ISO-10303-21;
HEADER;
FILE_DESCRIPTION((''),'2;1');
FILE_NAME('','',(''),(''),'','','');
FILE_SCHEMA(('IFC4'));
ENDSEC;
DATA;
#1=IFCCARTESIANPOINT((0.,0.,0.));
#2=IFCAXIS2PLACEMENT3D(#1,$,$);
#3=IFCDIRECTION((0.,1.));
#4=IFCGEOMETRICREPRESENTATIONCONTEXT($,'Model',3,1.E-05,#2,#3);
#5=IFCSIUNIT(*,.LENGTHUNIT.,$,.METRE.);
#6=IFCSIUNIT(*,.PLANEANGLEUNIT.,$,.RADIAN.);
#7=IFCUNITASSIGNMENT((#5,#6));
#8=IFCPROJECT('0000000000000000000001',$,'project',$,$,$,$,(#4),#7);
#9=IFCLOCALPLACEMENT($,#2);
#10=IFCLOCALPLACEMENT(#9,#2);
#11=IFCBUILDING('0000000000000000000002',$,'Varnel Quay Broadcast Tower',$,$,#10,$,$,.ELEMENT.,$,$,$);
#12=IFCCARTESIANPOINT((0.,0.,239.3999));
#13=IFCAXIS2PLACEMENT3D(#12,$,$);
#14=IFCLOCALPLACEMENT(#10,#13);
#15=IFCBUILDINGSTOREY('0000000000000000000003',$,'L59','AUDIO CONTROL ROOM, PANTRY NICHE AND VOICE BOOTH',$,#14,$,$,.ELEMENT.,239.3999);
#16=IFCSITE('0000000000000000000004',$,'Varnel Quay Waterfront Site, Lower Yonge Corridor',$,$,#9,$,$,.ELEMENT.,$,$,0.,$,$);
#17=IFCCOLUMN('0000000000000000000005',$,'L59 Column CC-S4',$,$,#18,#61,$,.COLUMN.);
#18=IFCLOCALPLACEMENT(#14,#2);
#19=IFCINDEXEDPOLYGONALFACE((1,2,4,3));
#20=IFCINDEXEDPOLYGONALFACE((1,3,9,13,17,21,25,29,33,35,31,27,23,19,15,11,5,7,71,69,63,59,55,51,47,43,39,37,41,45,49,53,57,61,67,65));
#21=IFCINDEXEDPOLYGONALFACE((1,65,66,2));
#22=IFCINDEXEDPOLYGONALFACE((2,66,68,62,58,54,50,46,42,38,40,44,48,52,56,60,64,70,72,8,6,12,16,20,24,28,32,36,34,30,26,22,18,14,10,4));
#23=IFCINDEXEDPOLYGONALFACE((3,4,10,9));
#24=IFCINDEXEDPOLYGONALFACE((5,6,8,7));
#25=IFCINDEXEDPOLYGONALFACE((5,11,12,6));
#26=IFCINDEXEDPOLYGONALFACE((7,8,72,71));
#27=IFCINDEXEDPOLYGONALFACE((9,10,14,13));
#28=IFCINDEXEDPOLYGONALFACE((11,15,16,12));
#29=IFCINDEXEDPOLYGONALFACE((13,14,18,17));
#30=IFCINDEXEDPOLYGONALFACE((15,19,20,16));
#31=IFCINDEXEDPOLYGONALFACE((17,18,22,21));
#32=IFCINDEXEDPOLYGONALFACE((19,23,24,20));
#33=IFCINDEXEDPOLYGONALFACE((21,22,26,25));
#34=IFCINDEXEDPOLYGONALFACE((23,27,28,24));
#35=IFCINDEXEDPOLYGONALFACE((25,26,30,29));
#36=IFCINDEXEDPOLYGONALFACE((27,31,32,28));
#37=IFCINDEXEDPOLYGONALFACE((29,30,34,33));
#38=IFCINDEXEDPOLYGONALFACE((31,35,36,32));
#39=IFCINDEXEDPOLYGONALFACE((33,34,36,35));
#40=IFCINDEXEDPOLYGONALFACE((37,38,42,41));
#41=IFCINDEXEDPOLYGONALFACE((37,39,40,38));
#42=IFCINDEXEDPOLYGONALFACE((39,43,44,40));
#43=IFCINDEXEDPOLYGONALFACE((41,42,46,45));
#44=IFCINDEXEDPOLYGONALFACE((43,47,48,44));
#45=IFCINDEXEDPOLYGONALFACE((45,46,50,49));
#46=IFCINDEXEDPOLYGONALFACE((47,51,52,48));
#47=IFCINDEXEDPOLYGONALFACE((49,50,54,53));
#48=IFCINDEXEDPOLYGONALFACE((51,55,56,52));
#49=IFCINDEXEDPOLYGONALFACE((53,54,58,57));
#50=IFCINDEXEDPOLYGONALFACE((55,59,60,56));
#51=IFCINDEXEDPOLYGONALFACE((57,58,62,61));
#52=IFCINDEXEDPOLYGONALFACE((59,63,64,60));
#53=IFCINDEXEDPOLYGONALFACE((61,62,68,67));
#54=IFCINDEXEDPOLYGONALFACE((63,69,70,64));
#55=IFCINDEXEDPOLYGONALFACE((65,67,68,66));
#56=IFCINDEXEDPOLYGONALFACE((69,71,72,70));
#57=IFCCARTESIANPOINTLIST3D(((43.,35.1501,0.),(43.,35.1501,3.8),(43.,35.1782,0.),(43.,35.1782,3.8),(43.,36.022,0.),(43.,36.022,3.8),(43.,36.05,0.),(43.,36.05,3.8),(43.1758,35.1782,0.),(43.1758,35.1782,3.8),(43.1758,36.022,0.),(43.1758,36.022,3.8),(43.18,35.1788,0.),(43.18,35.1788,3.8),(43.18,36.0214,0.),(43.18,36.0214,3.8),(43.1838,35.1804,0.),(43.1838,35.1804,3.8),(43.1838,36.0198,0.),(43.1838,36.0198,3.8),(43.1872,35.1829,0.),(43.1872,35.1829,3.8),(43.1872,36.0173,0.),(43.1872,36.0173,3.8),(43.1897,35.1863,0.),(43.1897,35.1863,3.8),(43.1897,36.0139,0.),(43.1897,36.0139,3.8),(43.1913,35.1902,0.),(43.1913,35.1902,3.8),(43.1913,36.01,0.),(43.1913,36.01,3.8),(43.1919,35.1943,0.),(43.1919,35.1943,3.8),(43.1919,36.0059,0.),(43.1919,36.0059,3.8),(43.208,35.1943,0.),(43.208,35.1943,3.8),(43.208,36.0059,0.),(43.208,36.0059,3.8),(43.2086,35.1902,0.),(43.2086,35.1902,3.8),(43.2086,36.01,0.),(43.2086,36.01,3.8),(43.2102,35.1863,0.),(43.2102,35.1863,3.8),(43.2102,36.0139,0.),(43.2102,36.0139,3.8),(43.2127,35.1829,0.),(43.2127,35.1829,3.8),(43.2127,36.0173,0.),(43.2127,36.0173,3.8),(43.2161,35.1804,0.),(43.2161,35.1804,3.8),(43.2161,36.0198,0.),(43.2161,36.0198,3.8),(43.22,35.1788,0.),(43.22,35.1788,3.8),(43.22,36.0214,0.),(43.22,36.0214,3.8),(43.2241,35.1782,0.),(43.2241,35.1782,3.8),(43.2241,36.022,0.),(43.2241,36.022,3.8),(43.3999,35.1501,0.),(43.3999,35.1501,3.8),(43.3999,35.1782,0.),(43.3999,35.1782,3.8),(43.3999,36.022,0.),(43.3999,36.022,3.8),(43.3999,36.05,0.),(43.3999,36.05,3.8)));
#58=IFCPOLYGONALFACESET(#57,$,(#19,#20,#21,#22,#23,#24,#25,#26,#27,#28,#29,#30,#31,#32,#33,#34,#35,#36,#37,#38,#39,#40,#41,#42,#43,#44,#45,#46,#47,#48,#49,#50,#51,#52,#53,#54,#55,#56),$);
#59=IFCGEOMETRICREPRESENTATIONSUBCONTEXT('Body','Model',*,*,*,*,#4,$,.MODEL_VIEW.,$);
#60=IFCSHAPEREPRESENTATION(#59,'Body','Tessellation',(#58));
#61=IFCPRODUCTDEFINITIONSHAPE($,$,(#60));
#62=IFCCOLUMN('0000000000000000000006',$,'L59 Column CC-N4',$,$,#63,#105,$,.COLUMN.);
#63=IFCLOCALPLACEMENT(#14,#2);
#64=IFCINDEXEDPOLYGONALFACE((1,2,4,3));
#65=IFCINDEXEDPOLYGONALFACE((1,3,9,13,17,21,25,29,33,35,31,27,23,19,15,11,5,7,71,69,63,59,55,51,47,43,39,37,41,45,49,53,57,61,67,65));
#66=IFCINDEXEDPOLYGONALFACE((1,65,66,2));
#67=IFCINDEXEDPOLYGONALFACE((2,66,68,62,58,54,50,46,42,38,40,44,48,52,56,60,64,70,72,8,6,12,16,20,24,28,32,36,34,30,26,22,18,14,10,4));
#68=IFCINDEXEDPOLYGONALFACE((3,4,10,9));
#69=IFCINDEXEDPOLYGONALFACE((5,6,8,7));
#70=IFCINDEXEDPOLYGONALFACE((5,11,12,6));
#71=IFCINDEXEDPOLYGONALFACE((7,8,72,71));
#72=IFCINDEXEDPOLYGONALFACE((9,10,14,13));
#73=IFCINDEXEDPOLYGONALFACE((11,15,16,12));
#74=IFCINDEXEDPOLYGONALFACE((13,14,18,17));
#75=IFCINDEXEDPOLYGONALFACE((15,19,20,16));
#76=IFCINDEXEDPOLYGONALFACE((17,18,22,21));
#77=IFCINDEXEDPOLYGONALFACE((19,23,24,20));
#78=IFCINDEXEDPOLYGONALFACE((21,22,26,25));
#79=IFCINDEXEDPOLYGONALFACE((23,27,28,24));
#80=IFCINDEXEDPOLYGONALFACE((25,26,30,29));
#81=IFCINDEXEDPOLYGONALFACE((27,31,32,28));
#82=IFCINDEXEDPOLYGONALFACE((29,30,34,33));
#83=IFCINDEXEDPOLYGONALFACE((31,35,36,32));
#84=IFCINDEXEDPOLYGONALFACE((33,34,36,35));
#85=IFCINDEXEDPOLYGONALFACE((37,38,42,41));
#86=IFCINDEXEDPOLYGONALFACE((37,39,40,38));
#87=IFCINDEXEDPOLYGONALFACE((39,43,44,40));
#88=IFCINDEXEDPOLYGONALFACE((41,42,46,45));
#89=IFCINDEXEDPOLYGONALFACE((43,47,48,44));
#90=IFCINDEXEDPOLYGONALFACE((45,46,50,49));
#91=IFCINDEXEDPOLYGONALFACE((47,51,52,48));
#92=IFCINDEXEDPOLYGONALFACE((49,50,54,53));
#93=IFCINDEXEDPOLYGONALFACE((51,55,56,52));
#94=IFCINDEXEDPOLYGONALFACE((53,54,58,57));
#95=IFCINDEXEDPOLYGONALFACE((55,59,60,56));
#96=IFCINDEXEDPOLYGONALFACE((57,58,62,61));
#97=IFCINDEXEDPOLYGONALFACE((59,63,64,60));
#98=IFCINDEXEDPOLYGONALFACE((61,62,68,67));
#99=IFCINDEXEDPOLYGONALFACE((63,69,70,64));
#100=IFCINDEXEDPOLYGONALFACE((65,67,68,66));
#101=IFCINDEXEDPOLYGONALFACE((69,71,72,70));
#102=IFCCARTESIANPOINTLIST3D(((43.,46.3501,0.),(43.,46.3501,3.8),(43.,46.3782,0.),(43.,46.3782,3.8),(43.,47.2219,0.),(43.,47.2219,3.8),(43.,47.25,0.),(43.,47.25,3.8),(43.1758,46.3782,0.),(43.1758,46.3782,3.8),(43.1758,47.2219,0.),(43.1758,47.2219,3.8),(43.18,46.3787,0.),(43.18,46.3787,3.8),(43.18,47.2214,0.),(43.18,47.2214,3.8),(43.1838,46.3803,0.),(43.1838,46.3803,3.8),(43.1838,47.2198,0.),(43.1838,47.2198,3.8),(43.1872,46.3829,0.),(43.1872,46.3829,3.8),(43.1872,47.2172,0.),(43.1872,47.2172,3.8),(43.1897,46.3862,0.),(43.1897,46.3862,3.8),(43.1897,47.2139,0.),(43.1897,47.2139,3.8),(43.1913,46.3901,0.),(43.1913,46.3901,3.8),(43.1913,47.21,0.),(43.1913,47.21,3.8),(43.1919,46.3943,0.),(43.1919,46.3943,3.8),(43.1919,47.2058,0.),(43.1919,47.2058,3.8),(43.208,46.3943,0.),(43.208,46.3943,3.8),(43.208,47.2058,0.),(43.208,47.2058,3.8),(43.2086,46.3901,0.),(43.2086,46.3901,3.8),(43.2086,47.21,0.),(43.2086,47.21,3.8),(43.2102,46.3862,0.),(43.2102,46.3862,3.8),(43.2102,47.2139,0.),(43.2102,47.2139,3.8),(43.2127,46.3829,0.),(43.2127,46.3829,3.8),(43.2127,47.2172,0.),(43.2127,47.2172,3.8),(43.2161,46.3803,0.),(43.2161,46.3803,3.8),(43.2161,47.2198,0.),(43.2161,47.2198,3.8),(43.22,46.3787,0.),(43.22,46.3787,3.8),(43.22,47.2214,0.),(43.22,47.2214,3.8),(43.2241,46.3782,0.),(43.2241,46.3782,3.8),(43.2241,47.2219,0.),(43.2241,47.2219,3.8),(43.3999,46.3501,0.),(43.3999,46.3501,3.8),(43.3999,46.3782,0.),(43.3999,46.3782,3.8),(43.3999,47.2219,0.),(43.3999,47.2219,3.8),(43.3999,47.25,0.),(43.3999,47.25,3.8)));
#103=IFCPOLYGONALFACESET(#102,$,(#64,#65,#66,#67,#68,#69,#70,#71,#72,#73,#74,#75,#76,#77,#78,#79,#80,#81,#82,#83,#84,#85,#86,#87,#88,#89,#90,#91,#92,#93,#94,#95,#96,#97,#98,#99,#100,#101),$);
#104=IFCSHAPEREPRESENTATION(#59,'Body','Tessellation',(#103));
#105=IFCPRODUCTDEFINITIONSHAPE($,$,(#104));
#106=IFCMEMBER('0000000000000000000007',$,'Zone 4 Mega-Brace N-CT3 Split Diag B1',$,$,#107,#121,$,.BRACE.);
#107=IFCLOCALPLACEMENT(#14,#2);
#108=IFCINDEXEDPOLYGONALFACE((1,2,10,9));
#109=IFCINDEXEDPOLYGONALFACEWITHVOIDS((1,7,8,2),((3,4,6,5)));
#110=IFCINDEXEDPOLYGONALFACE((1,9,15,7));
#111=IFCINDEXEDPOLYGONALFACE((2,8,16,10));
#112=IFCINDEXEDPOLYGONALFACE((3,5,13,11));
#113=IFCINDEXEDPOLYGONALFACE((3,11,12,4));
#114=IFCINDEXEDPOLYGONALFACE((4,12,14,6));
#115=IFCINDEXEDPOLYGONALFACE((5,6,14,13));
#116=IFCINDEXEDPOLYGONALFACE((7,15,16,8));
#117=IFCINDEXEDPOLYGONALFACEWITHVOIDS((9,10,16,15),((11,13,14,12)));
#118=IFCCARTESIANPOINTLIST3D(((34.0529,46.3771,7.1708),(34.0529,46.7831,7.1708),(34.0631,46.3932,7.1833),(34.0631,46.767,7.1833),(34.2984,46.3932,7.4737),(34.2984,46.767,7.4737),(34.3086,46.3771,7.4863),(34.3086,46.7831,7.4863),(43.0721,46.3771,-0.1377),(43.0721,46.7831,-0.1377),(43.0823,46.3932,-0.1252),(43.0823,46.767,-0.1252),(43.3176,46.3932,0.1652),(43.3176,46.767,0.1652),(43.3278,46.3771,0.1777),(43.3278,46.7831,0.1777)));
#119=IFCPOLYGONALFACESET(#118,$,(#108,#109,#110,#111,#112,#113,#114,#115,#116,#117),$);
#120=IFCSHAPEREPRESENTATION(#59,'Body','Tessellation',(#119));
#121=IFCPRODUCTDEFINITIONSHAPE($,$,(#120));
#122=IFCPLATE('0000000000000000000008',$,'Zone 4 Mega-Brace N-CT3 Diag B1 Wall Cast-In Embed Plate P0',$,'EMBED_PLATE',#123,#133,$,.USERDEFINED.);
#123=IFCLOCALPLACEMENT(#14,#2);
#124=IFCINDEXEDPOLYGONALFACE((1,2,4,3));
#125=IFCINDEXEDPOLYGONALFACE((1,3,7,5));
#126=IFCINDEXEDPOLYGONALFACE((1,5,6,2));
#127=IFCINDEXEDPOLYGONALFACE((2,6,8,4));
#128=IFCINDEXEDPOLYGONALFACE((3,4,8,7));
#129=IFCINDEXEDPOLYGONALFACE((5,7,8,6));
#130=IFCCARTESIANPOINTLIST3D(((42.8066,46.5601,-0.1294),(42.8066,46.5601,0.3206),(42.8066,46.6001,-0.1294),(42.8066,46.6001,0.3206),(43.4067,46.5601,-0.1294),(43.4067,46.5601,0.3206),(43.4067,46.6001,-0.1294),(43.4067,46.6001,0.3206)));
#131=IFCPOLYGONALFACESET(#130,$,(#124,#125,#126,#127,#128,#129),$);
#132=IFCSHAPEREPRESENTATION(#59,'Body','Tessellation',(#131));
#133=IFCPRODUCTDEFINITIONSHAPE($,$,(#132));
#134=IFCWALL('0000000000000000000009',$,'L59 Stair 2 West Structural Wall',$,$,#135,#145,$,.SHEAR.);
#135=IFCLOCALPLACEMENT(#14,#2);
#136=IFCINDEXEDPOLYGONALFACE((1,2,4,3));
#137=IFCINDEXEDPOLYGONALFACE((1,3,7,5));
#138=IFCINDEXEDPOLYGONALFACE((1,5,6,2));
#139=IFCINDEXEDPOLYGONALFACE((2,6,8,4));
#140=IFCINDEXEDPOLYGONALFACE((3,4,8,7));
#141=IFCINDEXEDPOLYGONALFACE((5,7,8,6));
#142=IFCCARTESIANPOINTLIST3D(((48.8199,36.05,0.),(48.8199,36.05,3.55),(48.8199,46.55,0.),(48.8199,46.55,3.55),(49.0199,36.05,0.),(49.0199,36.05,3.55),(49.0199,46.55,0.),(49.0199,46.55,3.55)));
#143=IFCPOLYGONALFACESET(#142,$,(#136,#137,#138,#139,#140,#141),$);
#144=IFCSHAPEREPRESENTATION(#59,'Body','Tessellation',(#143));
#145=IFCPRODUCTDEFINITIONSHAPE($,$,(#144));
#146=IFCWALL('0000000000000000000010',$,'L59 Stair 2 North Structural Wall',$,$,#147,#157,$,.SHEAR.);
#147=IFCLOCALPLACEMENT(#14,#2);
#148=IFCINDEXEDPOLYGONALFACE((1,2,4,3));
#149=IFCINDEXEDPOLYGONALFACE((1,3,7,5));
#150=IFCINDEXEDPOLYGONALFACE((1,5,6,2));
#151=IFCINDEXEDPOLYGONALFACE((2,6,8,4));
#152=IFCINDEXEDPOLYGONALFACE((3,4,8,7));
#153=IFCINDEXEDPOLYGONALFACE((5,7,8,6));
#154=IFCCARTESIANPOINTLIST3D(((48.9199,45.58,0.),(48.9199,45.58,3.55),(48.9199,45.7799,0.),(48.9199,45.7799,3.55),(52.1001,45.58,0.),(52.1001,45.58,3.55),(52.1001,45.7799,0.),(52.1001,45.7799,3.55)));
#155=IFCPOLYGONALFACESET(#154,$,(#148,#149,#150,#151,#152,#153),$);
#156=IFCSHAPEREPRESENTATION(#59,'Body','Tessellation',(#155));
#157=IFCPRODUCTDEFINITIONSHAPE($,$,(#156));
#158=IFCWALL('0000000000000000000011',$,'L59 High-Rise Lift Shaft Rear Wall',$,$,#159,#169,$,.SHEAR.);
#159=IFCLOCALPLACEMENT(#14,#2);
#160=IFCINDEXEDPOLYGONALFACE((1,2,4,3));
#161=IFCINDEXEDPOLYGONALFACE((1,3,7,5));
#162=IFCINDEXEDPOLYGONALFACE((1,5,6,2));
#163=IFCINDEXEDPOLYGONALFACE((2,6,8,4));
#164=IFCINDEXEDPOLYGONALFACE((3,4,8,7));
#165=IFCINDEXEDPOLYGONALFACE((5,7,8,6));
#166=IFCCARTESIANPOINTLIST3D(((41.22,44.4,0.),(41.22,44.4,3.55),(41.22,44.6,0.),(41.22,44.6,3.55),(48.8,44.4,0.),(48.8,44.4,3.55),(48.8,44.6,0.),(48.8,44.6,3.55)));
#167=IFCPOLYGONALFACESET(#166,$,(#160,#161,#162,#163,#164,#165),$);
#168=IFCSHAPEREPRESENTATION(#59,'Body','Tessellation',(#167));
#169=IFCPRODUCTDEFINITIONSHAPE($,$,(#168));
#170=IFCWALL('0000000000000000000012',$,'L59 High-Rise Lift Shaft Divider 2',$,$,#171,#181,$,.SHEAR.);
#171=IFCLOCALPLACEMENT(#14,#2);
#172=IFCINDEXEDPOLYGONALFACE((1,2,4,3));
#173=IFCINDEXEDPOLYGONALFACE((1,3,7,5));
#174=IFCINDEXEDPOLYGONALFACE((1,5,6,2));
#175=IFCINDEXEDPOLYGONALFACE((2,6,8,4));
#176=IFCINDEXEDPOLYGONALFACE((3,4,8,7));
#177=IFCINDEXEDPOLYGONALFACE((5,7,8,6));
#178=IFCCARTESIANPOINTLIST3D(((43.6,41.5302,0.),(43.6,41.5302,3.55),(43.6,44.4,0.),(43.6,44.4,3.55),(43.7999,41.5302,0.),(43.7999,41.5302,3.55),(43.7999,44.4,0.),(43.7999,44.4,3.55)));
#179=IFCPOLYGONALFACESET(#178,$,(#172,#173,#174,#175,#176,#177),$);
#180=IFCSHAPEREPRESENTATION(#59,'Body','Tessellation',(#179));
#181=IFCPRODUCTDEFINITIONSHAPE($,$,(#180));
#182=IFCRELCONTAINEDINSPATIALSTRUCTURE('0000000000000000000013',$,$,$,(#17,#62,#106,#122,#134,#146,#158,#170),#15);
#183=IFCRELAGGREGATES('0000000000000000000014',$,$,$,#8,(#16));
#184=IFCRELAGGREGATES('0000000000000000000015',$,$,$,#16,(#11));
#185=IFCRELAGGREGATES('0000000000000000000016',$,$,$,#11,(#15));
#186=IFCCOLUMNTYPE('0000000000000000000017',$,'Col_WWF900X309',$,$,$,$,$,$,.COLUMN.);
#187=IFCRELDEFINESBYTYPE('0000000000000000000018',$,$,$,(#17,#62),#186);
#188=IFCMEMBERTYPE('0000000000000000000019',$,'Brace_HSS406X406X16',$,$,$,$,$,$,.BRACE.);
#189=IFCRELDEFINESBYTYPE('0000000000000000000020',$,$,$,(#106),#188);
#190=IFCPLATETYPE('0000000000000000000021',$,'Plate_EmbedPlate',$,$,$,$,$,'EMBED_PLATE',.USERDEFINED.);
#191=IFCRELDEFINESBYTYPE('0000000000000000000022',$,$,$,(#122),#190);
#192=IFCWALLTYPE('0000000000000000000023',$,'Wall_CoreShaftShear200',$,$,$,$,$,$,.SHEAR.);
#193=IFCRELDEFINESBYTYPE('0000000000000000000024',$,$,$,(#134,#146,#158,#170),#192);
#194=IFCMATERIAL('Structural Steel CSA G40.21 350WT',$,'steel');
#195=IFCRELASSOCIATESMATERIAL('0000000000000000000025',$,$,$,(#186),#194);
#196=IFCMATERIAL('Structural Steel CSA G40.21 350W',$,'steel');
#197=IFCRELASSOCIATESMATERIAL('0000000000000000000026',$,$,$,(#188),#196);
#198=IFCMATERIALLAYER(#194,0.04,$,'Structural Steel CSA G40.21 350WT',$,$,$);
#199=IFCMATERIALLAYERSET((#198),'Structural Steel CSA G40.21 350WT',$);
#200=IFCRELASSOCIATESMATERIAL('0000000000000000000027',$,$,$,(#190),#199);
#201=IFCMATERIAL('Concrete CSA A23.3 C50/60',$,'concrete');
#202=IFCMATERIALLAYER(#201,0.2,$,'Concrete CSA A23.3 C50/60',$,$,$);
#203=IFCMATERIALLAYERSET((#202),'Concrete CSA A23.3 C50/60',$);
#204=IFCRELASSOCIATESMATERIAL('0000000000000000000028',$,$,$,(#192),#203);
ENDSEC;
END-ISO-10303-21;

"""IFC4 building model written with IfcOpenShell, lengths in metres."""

from ifc_helpers import new_model, si_unit, direction, frame, frame_2d, origin, origin_2d, place, context, subcontext, project, spatial, rectangle, hollow_rectangle, i_section, extrude, source, transform, mapped, material, layer, layer_set, material_profile, profile_set, type_object, type_shapes, element, save


model = new_model("IFC4")

# Units and contexts
model_context = context("Model", 3, precision=1e-05, world=origin(), true_north=direction((0.0, 1.0)))
body_context = subcontext(model_context, "Body", "Model", "MODEL_VIEW")
ifc_project = project(units=[si_unit("LENGTHUNIT", "METRE"), si_unit("PLANEANGLEUNIT", "RADIAN")], contexts=[model_context])

# Site, building, storey
site_placement = place(None, origin())
site = spatial("IfcSite", under=ifc_project, at=site_placement, Name="Varnel Quay Waterfront Site, Lower Yonge Corridor", CompositionType="ELEMENT", RefElevation=0.0)
building_placement = place(site_placement, origin())
building = spatial("IfcBuilding", under=site, at=building_placement, Name="Varnel Quay Broadcast Tower", CompositionType="ELEMENT")
storey_placement = place(building_placement, frame((0.0, 0.0, 239.3999)))
storey = spatial("IfcBuildingStorey", under=building, at=storey_placement, Name="L59", Description="AUDIO CONTROL ROOM, PANTRY NICHE AND VOICE BOOTH", CompositionType="ELEMENT", Elevation=239.3999)

# Columns
ifc_material_1 = material(Name="Structural Steel CSA G40.21 350WT", Category="steel")
ifc_material_profile_1 = material_profile(ifc_material_1, i_section(OverallWidth=0.3999, OverallDepth=0.8999, WebThickness=0.0161, FlangeThickness=0.0281, FilletRadius=0.0161, at=origin_2d()), Name="WWF900X309")
ifc_profile_set_1 = profile_set([ifc_material_profile_1], Name="Structural Steel CSA G40.21 350WT")
column_type = type_object("IfcColumnType", Name="Col_WWF900X309", PredefinedType="COLUMN", material=ifc_profile_set_1)
shared_shape_1 = source(origin(), body_context, "Body", "SweptSolid", [
    extrude(i_section(OverallWidth=0.3999, OverallDepth=0.8999, WebThickness=0.0161, FlangeThickness=0.0281, FilletRadius=0.0161, at=origin_2d()), origin(), (0.0, 0.0, 1.0), 3.8),
])
type_shapes(column_type, [shared_shape_1])
for number, where, z_axis, x_axis, name in (
    (1, (43.2, 35.6001, 0.0), (0.0, 0.0, 1.0), (1.0, 0.0, 0.0), "L59 Column CC-S4"),
    (2, (43.2, 46.8, 0.0), (0.0, 0.0, 1.0), (1.0, 0.0, 0.0), "L59 Column CC-N4"),
):
    element("IfcColumn", number, at=place(storey_placement, frame(where, z_axis=z_axis, x_axis=x_axis)), inside=storey, type_object=column_type, Name=name, PredefinedType="COLUMN", context=body_context, shape_type="MappedRepresentation", body=[
        mapped(shared_shape_1, transform((0.0, 0.0, 0.0), x_axis=(1.0, 0.0, 0.0), y_axis=(0.0, 1.0, 0.0), z_axis=(0.0, 0.0, 1.0), scale=1.0)),
    ])

# Member
ifc_material_2 = material(Name="Structural Steel CSA G40.21 350W", Category="steel")
ifc_material_profile_2 = material_profile(ifc_material_2, hollow_rectangle(XDim=0.406, YDim=0.406, WallThickness=0.0161, at=origin_2d()), Name="HSS406X406X16")
ifc_profile_set_2 = profile_set([ifc_material_profile_2], Name="Structural Steel CSA G40.21 350W")
member_type = type_object("IfcMemberType", Name="Brace_HSS406X406X16", PredefinedType="BRACE", material=ifc_profile_set_2)
shared_shape_2 = source(origin(), body_context, "Body", "SweptSolid", [
    extrude(hollow_rectangle(XDim=0.406, YDim=0.406, WallThickness=0.0161, at=origin_2d()), origin(), (0.0, 0.0, 1.0), 11.6086),
])
type_shapes(member_type, [shared_shape_2])
member_placement = place(storey_placement, frame((43.2, 46.5801, 0.02), z_axis=(-0.776939, 0.0, 0.629576), x_axis=(0.0, -1.0, 0.0)))
element("IfcMember", 3, at=member_placement, inside=storey, type_object=member_type, Name="Zone 4 Mega-Brace N-CT3 Split Diag B1", PredefinedType="BRACE", context=body_context, shape_type="MappedRepresentation", body=[
    mapped(shared_shape_2, transform((0.0, 0.0, 0.0), x_axis=(1.0, 0.0, 0.0), y_axis=(0.0, 1.0, 0.0), z_axis=(0.0, 0.0, 1.0), scale=1.0)),
])

# Plate
ifc_layer_1 = layer(ifc_material_1, 0.04, Name="Structural Steel CSA G40.21 350WT")
ifc_layer_set_1 = layer_set([ifc_layer_1], Name="Structural Steel CSA G40.21 350WT")
plate_type = type_object("IfcPlateType", Name="Plate_EmbedPlate", ElementType="EMBED_PLATE", PredefinedType="USERDEFINED", material=ifc_layer_set_1)
shared_shape_3 = source(origin(), body_context, "Body", "SweptSolid", [
    extrude(rectangle(XDim=0.6001, YDim=0.04, at=origin_2d()), origin(), (0.0, 0.0, 1.0), 0.45),
])
type_shapes(plate_type, [shared_shape_3])
plate_placement = place(storey_placement, frame((43.1067, 46.5801, -0.1294), z_axis=(0.0, 0.0, 1.0), x_axis=(1.0, 0.0, 0.0)))
element("IfcPlate", 4, at=plate_placement, inside=storey, type_object=plate_type, Name="Zone 4 Mega-Brace N-CT3 Diag B1 Wall Cast-In Embed Plate P0", ObjectType="EMBED_PLATE", PredefinedType="USERDEFINED", context=body_context, shape_type="MappedRepresentation", body=[
    mapped(shared_shape_3, transform((0.0, 0.0, 0.0), x_axis=(1.0, 0.0, 0.0), y_axis=(0.0, 1.0, 0.0), z_axis=(0.0, 0.0, 1.0), scale=1.0)),
])

# Walls
ifc_material_3 = material(Name="Concrete CSA A23.3 C50/60", Category="concrete")
ifc_layer_2 = layer(ifc_material_3, 0.2, Name="Concrete CSA A23.3 C50/60")
ifc_layer_set_2 = layer_set([ifc_layer_2], Name="Concrete CSA A23.3 C50/60")
wall_type_1 = type_object("IfcWallType", Name="Wall_CoreShaftShear200", PredefinedType="SHEAR", material=ifc_layer_set_2)
wall_1_placement = place(storey_placement, frame((48.9199, 36.05, 0.0), z_axis=(0.0, 0.0, 1.0), x_axis=(0.0, 1.0, 0.0)))
element("IfcWall", 5, at=wall_1_placement, inside=storey, type_object=wall_type_1, Name="L59 Stair 2 West Structural Wall", PredefinedType="SHEAR", context=body_context, shape_type="SweptSolid", body=[
    extrude(rectangle(XDim=10.5, YDim=0.2, at=frame_2d((5.25, 0.0))), origin(), (0.0, 0.0, 1.0), 3.55),
])
wall_2_placement = place(storey_placement, frame((48.9199, 45.6799, 0.0), z_axis=(0.0, 0.0, 1.0), x_axis=(1.0, 0.0, 0.0)))
element("IfcWall", 6, at=wall_2_placement, inside=storey, type_object=wall_type_1, Name="L59 Stair 2 North Structural Wall", PredefinedType="SHEAR", context=body_context, shape_type="SweptSolid", body=[
    extrude(rectangle(XDim=3.1802, YDim=0.2, at=frame_2d((1.5901, 0.0))), origin(), (0.0, 0.0, 1.0), 3.55),
])
wall_3_placement = place(storey_placement, frame((41.22, 44.5, 0.0), z_axis=(0.0, 0.0, 1.0), x_axis=(1.0, 0.0, 0.0)))
element("IfcWall", 7, at=wall_3_placement, inside=storey, type_object=wall_type_1, Name="L59 High-Rise Lift Shaft Rear Wall", PredefinedType="SHEAR", context=body_context, shape_type="SweptSolid", body=[
    extrude(rectangle(XDim=7.5801, YDim=0.2, at=frame_2d((3.79, 0.0))), origin(), (0.0, 0.0, 1.0), 3.55),
])
for number, where, z_axis, x_axis, name in (
    (8, (43.7, 41.53, 0.0), (0.0, 0.0, 1.0), (0.0, 1.0, 0.0), "L59 High-Rise Lift Shaft Divider 2"),
):
    element("IfcWall", number, at=place(storey_placement, frame(where, z_axis=z_axis, x_axis=x_axis)), inside=storey, type_object=wall_type_1, Name=name, PredefinedType="SHEAR", context=body_context, shape_type="SweptSolid", body=[
        extrude(rectangle(XDim=2.8699, YDim=0.2, at=frame_2d((1.4351, 0.0))), origin(), (0.0, 0.0, 1.0), 3.55),
    ])

save(model, "model.ifc")
